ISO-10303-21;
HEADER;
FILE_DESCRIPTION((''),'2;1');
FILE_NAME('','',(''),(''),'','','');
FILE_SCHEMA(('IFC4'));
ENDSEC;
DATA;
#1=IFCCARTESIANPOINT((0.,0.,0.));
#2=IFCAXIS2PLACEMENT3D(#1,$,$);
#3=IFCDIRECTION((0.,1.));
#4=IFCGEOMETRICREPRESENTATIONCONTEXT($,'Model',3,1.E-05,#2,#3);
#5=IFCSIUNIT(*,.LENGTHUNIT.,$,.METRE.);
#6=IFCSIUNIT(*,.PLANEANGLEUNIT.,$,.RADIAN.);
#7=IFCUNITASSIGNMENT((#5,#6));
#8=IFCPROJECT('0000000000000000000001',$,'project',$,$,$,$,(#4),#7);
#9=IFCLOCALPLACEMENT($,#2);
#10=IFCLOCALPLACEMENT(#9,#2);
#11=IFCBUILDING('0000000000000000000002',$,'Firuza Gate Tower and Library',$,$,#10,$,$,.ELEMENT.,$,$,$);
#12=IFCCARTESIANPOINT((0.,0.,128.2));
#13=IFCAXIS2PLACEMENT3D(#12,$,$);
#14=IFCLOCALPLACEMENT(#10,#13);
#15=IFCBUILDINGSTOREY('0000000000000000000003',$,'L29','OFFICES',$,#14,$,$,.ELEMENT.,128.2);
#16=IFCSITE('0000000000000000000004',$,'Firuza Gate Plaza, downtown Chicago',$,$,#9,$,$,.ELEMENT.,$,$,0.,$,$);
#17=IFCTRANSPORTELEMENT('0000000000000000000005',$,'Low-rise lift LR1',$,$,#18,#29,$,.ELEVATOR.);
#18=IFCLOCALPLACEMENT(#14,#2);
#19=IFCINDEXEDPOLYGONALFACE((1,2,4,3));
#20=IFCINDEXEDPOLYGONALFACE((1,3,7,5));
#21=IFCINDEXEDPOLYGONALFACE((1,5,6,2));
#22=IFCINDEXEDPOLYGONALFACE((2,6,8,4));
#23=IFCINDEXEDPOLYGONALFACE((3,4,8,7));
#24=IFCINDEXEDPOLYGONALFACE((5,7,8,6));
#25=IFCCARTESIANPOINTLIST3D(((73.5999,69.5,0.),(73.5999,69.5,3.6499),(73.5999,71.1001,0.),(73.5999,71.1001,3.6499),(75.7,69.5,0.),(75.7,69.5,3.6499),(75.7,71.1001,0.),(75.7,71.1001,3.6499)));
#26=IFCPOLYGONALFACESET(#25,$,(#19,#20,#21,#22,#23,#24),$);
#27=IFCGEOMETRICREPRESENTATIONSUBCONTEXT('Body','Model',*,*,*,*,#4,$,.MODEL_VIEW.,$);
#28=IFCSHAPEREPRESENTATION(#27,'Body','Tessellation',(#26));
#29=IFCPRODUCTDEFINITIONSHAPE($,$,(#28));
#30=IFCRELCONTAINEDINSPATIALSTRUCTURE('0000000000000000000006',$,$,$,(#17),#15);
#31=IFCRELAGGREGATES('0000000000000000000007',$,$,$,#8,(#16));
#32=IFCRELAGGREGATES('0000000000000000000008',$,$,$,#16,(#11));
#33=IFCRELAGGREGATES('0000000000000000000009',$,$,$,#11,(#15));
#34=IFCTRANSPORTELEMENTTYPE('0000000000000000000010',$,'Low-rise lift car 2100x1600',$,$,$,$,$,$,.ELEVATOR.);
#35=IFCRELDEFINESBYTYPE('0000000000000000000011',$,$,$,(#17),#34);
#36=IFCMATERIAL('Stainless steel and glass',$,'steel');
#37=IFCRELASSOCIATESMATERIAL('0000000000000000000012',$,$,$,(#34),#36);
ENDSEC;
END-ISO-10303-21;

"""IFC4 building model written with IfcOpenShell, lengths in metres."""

from ifc_helpers import new_model, si_unit, direction, frame, origin, origin_2d, place, context, subcontext, project, spatial, rectangle, extrude, material, type_object, element, save


model = new_model("IFC4")

# Units and contexts
model_context = context("Model", 3, precision=1e-05, world=origin(), true_north=direction((0.0, 1.0)))
body_context = subcontext(model_context, "Body", "Model", "MODEL_VIEW")
ifc_project = project(units=[si_unit("LENGTHUNIT", "METRE"), si_unit("PLANEANGLEUNIT", "RADIAN")], contexts=[model_context])

# Site, building, storey
site_placement = place(None, origin())
site = spatial("IfcSite", under=ifc_project, at=site_placement, Name="Firuza Gate Plaza, downtown Chicago", CompositionType="ELEMENT", RefElevation=0.0)
building_placement = place(site_placement, origin())
building = spatial("IfcBuilding", under=site, at=building_placement, Name="Firuza Gate Tower and Library", CompositionType="ELEMENT")
storey_placement = place(building_placement, frame((0.0, 0.0, 128.2)))
storey = spatial("IfcBuildingStorey", under=building, at=storey_placement, Name="L29", Description="OFFICES", CompositionType="ELEMENT", Elevation=128.2)

# Transport element
ifc_material_1 = material(Name="Stainless steel and glass", Category="steel")
transport_element_type = type_object("IfcTransportElementType", Name="Low-rise lift car 2100x1600", PredefinedType="ELEVATOR", material=ifc_material_1)
transport_element_placement = place(storey_placement, frame((74.6499, 70.3, 0.0), z_axis=(0.0, 0.0, 1.0), x_axis=(1.0, 0.0, 0.0)))
element("IfcTransportElement", 1, at=transport_element_placement, inside=storey, type_object=transport_element_type, Name="Low-rise lift LR1", PredefinedType="ELEVATOR", context=body_context, shape_type="SweptSolid", body=[
    extrude(rectangle(XDim=2.1001, YDim=1.6001, at=origin_2d()), origin(), (0.0, 0.0, 1.0), 3.6499),
])

save(model, "model.ifc")
